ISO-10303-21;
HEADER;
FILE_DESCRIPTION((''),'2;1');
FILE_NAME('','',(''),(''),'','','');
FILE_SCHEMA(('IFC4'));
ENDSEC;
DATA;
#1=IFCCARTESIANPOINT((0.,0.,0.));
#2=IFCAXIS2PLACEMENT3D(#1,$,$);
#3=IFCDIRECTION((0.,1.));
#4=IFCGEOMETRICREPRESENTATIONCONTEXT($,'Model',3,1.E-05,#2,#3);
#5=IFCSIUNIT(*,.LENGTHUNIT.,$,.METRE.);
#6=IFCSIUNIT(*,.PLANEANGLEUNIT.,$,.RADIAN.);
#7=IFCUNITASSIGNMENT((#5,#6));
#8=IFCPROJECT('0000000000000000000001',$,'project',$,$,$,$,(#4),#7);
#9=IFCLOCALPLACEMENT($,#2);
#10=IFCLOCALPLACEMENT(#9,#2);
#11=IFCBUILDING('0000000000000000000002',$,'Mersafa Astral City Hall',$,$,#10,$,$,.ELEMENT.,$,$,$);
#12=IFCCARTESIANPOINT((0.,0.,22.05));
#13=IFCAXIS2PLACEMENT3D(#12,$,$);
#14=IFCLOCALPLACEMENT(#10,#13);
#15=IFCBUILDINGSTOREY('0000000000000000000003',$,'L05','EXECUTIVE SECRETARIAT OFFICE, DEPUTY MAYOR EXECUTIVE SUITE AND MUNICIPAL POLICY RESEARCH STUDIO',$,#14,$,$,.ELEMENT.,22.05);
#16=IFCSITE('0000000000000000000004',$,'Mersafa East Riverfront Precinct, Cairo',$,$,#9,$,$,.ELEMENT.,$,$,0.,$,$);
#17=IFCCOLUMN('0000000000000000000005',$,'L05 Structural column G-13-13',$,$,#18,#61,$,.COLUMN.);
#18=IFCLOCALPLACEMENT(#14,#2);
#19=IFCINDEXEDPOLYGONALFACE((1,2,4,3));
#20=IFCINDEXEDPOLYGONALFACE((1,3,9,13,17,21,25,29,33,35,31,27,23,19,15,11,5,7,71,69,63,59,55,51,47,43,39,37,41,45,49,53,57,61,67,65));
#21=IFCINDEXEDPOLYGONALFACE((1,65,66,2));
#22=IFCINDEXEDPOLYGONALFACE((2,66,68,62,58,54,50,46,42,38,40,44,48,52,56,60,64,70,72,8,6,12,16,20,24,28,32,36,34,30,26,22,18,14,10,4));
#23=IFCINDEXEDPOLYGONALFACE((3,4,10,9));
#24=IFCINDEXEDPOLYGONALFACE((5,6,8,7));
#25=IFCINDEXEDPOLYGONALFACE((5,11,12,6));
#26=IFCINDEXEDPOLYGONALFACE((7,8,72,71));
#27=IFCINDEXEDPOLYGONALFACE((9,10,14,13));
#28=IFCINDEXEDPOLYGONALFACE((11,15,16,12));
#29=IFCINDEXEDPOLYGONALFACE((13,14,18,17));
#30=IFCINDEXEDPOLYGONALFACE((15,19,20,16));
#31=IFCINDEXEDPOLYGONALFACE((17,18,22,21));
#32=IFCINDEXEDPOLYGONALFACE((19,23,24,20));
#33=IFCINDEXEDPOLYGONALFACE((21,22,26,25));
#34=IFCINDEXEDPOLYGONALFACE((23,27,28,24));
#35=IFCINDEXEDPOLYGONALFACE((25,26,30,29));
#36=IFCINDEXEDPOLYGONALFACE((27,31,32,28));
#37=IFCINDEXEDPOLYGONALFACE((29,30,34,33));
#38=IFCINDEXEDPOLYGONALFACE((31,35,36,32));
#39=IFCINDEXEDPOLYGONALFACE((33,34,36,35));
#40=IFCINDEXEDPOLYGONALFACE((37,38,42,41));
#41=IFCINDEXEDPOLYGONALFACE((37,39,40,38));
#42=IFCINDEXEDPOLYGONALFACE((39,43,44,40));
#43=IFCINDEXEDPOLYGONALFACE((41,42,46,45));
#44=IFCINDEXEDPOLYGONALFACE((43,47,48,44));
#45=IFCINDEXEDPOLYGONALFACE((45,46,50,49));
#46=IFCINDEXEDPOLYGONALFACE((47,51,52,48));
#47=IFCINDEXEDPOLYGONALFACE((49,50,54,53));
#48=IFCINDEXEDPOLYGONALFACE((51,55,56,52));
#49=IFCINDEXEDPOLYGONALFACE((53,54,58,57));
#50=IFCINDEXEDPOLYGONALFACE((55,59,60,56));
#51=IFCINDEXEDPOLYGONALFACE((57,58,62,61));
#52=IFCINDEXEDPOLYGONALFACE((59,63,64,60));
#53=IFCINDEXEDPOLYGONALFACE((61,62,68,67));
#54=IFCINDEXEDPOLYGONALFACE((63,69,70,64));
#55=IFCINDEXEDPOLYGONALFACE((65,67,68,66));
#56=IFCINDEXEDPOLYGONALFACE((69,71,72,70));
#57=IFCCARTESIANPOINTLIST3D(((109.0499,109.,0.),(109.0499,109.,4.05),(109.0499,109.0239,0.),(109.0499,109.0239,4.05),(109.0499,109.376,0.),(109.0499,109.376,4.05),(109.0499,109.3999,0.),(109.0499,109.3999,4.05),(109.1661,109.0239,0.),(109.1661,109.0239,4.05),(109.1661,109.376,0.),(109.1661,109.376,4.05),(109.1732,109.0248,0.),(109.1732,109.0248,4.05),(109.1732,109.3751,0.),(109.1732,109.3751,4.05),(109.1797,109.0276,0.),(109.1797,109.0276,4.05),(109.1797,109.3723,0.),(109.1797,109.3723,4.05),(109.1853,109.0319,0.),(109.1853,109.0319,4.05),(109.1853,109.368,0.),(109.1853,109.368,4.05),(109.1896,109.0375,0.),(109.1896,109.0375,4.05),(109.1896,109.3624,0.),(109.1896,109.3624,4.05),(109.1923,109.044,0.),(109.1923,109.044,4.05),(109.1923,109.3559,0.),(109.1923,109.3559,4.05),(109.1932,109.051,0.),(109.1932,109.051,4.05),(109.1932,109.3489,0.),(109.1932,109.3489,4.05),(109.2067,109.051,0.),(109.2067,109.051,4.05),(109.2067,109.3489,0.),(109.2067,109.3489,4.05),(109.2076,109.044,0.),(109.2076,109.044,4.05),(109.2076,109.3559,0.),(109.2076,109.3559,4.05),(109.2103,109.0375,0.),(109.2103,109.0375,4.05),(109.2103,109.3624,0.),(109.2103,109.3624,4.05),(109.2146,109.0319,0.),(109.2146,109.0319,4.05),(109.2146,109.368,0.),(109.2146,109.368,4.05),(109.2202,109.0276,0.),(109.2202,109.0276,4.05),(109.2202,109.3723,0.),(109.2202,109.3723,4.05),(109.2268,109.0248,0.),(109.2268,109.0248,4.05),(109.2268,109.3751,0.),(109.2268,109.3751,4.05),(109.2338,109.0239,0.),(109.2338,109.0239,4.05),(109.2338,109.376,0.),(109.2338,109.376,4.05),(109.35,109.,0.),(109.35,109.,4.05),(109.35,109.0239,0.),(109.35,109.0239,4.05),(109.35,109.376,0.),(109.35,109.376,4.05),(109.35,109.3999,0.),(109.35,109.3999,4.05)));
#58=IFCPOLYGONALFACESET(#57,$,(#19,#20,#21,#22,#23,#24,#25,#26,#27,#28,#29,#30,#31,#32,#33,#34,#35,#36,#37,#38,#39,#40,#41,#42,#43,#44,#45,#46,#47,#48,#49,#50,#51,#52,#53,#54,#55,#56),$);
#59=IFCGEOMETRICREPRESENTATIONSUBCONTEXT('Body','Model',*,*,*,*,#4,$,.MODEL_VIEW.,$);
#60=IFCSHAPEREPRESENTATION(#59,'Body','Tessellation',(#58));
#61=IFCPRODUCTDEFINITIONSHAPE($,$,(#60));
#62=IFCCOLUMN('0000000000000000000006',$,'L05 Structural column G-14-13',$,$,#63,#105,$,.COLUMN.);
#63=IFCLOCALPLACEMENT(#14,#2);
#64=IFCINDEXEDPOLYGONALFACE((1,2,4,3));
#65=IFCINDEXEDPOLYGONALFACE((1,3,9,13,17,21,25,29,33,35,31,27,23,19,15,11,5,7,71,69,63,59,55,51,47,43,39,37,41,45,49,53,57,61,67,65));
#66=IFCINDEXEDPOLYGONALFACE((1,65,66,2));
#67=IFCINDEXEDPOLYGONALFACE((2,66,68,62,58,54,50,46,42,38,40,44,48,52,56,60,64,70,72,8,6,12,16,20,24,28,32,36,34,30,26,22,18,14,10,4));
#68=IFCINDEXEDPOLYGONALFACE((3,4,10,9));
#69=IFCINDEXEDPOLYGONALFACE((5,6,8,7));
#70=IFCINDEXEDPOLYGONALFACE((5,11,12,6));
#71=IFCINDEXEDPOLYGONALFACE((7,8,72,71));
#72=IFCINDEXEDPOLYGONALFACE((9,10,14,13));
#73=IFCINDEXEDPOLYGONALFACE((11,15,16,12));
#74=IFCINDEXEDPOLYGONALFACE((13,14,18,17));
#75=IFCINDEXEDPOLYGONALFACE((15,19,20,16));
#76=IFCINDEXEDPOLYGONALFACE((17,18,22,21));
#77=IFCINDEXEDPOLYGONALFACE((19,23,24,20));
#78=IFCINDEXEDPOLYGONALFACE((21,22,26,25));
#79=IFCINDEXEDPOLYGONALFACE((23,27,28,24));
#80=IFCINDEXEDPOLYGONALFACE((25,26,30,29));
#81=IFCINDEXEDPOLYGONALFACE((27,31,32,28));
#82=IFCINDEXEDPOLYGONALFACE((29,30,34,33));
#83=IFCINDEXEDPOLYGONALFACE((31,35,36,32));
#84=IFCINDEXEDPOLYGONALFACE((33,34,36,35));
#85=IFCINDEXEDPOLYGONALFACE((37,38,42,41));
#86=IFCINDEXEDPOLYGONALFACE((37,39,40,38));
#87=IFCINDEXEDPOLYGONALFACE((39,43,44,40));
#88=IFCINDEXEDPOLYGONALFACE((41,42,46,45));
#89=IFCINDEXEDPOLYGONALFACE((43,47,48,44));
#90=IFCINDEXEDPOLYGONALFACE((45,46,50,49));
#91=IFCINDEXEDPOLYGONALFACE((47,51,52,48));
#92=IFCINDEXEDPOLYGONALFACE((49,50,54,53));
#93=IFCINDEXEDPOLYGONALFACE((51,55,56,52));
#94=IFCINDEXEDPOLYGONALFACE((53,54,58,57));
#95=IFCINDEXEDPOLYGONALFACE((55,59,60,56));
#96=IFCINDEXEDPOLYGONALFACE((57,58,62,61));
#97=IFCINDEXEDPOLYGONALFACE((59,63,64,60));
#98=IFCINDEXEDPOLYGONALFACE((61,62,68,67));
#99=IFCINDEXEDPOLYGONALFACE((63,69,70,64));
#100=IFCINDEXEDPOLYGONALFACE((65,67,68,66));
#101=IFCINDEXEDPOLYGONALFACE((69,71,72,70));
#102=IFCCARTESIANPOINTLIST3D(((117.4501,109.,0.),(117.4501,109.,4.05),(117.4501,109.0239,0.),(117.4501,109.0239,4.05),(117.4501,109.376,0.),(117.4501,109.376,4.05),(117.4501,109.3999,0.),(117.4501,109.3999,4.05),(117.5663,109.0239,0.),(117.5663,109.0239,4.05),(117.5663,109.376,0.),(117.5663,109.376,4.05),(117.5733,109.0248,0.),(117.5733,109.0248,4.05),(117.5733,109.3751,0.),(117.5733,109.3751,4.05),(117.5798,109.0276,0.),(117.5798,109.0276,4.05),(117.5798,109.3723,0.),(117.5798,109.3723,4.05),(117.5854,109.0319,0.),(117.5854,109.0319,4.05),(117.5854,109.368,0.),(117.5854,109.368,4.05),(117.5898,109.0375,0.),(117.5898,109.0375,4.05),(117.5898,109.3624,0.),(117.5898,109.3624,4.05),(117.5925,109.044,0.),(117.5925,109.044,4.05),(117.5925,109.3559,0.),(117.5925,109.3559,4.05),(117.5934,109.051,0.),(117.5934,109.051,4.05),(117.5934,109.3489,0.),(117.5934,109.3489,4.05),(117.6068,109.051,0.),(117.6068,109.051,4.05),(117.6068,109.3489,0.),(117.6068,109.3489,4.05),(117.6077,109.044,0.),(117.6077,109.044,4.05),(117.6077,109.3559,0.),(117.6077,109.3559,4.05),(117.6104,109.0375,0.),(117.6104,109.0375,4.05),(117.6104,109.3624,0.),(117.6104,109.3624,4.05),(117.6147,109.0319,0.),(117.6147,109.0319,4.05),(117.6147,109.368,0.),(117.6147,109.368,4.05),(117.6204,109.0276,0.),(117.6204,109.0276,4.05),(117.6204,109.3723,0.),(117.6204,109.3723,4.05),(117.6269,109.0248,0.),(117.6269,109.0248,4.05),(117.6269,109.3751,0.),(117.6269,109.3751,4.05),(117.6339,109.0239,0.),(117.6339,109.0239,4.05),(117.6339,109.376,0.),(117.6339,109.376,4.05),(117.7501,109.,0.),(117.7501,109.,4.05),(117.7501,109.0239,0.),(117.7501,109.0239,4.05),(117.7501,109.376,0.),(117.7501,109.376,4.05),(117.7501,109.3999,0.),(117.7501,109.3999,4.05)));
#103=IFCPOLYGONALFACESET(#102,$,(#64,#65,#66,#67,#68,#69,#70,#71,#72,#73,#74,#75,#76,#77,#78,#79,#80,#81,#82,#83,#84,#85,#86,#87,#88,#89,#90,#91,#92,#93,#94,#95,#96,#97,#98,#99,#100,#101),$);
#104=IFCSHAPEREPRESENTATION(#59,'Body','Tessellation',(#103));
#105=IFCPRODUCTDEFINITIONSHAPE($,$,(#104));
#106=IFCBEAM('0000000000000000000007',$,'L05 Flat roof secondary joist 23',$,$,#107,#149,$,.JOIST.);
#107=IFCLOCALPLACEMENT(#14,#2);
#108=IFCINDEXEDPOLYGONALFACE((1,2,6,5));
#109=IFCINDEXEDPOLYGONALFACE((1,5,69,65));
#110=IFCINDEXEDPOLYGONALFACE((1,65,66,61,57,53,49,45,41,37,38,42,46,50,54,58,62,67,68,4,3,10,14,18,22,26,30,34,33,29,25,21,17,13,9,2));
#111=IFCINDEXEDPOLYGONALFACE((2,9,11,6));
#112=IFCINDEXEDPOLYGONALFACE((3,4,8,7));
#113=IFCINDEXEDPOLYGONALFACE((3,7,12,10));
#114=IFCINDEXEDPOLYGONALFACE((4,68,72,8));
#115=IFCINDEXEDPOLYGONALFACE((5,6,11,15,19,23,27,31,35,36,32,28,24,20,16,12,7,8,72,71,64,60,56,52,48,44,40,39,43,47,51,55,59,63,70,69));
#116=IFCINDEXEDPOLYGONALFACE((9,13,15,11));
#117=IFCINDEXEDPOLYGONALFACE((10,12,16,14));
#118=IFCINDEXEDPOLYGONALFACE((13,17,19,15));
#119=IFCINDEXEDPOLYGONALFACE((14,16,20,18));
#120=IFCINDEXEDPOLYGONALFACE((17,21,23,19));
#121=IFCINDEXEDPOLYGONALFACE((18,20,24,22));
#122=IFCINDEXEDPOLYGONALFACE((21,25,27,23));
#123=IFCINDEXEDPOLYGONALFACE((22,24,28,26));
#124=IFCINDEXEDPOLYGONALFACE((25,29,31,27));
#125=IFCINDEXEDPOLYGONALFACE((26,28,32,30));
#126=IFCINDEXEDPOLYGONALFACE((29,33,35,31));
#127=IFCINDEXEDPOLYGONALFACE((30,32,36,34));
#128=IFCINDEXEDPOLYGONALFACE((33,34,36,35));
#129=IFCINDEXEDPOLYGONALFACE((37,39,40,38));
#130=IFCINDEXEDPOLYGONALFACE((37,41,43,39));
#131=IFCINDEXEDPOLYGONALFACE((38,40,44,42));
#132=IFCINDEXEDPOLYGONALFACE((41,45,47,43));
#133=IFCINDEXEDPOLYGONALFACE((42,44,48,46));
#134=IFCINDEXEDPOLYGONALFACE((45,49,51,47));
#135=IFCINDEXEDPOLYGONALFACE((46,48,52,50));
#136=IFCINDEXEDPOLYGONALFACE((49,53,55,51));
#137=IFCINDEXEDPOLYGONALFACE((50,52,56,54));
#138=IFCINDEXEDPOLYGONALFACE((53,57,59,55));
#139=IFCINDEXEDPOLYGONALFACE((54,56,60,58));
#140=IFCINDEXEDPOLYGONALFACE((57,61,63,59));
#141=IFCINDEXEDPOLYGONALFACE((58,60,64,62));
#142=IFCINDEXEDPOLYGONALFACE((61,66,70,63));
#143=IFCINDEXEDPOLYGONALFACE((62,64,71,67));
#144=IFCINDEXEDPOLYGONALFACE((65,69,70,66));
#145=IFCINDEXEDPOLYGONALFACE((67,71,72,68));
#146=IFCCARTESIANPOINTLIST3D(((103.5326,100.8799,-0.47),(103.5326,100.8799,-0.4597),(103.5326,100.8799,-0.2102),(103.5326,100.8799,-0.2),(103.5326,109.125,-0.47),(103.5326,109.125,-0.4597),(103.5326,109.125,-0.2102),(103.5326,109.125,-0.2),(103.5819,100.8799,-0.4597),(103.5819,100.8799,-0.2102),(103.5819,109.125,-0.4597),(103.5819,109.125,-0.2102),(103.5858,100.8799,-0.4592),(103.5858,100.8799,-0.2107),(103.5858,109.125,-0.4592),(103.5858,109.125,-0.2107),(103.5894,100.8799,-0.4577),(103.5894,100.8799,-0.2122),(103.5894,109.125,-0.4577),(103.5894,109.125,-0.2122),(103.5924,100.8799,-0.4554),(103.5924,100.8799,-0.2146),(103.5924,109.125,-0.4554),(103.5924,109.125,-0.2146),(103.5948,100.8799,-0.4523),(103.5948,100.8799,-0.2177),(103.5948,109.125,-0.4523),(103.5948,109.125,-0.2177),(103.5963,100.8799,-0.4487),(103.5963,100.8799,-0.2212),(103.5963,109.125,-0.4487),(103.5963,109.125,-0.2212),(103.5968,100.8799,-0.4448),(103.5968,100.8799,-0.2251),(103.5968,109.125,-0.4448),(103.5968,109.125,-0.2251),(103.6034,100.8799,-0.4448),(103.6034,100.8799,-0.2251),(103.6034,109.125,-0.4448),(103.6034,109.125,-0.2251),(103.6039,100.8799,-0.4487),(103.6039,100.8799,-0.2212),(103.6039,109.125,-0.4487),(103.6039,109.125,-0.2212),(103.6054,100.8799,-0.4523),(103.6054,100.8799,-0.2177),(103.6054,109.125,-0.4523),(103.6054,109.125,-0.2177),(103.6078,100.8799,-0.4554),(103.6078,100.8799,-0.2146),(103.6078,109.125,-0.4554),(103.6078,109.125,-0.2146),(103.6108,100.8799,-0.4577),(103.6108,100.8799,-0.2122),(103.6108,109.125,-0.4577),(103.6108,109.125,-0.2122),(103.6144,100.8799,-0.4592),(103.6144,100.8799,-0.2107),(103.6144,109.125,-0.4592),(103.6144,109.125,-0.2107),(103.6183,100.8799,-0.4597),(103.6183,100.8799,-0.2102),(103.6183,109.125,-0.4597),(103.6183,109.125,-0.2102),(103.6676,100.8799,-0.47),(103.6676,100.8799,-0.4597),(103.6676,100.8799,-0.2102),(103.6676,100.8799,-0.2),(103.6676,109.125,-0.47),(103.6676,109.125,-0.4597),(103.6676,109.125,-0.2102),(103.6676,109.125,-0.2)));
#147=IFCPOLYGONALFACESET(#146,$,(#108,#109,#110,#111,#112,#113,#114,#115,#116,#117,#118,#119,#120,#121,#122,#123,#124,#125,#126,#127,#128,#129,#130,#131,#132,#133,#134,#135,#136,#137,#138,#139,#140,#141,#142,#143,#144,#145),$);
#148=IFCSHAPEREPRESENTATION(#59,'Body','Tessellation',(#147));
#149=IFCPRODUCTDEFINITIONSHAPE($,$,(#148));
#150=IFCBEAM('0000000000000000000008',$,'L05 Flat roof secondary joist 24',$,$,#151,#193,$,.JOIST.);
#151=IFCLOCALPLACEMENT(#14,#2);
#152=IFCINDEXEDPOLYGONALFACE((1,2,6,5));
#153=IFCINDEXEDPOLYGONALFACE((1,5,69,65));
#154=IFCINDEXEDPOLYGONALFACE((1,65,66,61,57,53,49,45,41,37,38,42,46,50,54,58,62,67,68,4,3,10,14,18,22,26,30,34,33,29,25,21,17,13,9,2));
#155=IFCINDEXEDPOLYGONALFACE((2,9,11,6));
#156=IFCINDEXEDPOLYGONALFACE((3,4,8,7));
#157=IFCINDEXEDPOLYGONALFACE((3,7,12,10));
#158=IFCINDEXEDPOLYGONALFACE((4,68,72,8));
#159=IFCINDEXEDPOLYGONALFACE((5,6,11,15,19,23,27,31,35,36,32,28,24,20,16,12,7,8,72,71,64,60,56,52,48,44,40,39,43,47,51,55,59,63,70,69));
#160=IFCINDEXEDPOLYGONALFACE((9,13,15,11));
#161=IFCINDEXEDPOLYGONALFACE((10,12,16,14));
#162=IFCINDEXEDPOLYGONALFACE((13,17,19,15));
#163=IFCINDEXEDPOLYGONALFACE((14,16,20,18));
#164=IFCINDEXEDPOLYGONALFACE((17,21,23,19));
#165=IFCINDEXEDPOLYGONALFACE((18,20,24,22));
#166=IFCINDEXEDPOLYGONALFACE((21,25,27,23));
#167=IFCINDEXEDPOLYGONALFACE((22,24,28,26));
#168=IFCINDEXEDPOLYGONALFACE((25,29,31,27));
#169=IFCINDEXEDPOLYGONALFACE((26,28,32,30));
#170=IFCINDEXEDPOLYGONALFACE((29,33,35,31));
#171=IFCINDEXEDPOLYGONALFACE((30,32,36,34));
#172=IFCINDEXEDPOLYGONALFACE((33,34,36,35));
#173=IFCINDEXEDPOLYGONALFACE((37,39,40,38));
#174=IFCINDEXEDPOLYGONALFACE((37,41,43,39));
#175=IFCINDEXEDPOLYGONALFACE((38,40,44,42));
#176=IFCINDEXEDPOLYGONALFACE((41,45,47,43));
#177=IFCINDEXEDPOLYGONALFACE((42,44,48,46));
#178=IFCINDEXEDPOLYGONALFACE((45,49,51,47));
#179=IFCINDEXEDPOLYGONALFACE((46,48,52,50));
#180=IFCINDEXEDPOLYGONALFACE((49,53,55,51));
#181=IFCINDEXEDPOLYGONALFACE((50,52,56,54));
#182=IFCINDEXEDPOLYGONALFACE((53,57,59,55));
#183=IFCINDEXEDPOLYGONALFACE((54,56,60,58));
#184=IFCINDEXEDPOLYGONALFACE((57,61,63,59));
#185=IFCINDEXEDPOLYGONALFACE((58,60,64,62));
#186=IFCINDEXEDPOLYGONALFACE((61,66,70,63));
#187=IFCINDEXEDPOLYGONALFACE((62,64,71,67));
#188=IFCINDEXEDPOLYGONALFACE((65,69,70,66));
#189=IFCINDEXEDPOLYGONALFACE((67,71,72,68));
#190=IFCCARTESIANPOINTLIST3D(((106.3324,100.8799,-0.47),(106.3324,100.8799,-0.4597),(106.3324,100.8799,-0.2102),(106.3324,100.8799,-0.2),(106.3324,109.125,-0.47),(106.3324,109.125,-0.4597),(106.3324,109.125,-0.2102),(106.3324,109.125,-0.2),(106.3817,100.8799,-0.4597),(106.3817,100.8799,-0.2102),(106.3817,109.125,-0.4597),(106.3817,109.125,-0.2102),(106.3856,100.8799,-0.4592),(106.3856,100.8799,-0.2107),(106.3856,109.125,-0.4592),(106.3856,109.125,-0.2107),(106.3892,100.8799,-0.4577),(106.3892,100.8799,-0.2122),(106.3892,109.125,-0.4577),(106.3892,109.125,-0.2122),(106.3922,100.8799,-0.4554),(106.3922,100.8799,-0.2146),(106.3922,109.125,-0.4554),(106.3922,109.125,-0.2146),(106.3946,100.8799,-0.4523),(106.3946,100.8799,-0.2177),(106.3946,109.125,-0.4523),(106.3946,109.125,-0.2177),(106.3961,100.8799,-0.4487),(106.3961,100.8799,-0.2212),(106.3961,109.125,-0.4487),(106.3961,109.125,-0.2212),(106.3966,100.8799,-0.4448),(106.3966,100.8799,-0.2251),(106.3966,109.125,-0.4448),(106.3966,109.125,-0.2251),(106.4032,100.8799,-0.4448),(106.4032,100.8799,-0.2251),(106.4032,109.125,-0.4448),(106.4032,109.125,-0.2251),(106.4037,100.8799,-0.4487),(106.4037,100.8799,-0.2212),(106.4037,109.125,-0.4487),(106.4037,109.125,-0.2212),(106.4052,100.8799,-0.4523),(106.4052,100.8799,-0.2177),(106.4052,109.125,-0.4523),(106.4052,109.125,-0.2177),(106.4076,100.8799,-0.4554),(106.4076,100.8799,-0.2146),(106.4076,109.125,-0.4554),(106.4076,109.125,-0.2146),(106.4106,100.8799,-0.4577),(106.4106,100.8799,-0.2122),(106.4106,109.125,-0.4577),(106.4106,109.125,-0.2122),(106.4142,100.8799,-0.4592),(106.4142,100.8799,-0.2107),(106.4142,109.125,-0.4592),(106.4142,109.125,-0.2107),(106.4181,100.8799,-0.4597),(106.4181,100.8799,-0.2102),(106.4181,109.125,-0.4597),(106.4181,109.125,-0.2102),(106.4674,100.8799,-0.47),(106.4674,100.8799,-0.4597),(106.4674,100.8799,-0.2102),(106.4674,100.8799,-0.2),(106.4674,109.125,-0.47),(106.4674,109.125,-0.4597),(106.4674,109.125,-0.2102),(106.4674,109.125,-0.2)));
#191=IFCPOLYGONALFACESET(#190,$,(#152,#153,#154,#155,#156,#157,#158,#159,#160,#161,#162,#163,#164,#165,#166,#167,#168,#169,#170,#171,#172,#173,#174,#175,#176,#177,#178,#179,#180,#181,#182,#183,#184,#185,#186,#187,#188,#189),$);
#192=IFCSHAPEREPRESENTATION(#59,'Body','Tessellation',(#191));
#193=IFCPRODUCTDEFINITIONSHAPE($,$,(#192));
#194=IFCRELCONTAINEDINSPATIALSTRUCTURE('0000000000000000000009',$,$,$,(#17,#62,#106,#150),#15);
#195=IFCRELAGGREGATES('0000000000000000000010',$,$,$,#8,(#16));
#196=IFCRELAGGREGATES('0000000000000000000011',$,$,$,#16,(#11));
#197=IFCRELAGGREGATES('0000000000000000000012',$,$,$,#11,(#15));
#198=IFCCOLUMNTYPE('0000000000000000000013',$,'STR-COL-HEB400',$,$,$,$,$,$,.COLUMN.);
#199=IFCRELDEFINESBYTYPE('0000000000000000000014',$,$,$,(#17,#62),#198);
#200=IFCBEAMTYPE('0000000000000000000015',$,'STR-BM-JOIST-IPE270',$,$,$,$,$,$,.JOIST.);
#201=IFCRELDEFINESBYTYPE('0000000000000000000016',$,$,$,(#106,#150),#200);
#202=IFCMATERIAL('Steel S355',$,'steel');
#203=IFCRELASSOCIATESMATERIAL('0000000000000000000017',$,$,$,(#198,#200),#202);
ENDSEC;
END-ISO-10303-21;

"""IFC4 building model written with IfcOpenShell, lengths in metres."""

from ifc_helpers import new_model, si_unit, direction, frame, origin, origin_2d, place, context, subcontext, project, spatial, i_section, extrude, material, material_profile, profile_set, type_object, element, save


model = new_model("IFC4")

# Units and contexts
model_context = context("Model", 3, precision=1e-05, world=origin(), true_north=direction((0.0, 1.0)))
body_context = subcontext(model_context, "Body", "Model", "MODEL_VIEW")
ifc_project = project(units=[si_unit("LENGTHUNIT", "METRE"), si_unit("PLANEANGLEUNIT", "RADIAN")], contexts=[model_context])

# Site, building, storey
site_placement = place(None, origin())
site = spatial("IfcSite", under=ifc_project, at=site_placement, Name="Mersafa East Riverfront Precinct, Cairo", CompositionType="ELEMENT", RefElevation=0.0)
building_placement = place(site_placement, origin())
building = spatial("IfcBuilding", under=site, at=building_placement, Name="Mersafa Astral City Hall", CompositionType="ELEMENT")
storey_placement = place(building_placement, frame((0.0, 0.0, 22.05)))
storey = spatial("IfcBuildingStorey", under=building, at=storey_placement, Name="L05", Description="EXECUTIVE SECRETARIAT OFFICE, DEPUTY MAYOR EXECUTIVE SUITE AND MUNICIPAL POLICY RESEARCH STUDIO", CompositionType="ELEMENT", Elevation=22.05)

# Columns
ifc_material_1 = material(Name="Steel S355", Category="steel")
ifc_material_profile_1 = material_profile(ifc_material_1, i_section(OverallWidth=0.3, OverallDepth=0.3999, WebThickness=0.0134, FlangeThickness=0.0239, FilletRadius=0.0271, at=origin_2d()), Name="HEB 400")
ifc_profile_set_1 = profile_set([ifc_material_profile_1], Name="Steel S355")
column_type = type_object("IfcColumnType", Name="STR-COL-HEB400", PredefinedType="COLUMN", material=ifc_profile_set_1)
for number, where, z_axis, x_axis, name in (
    (1, (109.2, 109.2, 0.0), (0.0, 0.0, 1.0), (1.0, 0.0, 0.0), "L05 Structural column G-13-13"),
    (2, (117.6001, 109.2, 0.0), (0.0, 0.0, 1.0), (1.0, 0.0, 0.0), "L05 Structural column G-14-13"),
):
    element("IfcColumn", number, at=place(storey_placement, frame(where, z_axis=z_axis, x_axis=x_axis)), inside=storey, type_object=column_type, Name=name, PredefinedType="COLUMN", context=body_context, shape_type="SweptSolid", body=[
        extrude(i_section(OverallWidth=0.3, OverallDepth=0.3999, WebThickness=0.0134, FlangeThickness=0.0239, FilletRadius=0.0271, at=origin_2d()), origin(), (0.0, 0.0, 1.0), 4.05),
    ])

# Beams
ifc_material_profile_2 = material_profile(ifc_material_1, i_section(OverallWidth=0.135, OverallDepth=0.27, WebThickness=0.0066, FlangeThickness=0.0103, FilletRadius=0.0149, at=origin_2d()), Name="IPE 270")
ifc_profile_set_2 = profile_set([ifc_material_profile_2], Name="Steel S355")
beam_type_1 = type_object("IfcBeamType", Name="STR-BM-JOIST-IPE270", PredefinedType="JOIST", material=ifc_profile_set_2)
for number, where, z_axis, x_axis, name in (
    (3, (103.6001, 100.8799, -0.335), (0.0, 1.0, 0.0), (-1.0, 0.0, 0.0), "L05 Flat roof secondary joist 23"),
    (4, (106.3999, 100.8799, -0.335), (0.0, 1.0, 0.0), (-1.0, 0.0, 0.0), "L05 Flat roof secondary joist 24"),
):
    element("IfcBeam", number, at=place(storey_placement, frame(where, z_axis=z_axis, x_axis=x_axis)), inside=storey, type_object=beam_type_1, Name=name, PredefinedType="JOIST", context=body_context, shape_type="SweptSolid", body=[
        extrude(i_section(OverallWidth=0.135, OverallDepth=0.27, WebThickness=0.0066, FlangeThickness=0.0103, FilletRadius=0.0149, at=origin_2d()), origin(), (0.0, 0.0, 1.0), 8.2451),
    ])

save(model, "model.ifc")
